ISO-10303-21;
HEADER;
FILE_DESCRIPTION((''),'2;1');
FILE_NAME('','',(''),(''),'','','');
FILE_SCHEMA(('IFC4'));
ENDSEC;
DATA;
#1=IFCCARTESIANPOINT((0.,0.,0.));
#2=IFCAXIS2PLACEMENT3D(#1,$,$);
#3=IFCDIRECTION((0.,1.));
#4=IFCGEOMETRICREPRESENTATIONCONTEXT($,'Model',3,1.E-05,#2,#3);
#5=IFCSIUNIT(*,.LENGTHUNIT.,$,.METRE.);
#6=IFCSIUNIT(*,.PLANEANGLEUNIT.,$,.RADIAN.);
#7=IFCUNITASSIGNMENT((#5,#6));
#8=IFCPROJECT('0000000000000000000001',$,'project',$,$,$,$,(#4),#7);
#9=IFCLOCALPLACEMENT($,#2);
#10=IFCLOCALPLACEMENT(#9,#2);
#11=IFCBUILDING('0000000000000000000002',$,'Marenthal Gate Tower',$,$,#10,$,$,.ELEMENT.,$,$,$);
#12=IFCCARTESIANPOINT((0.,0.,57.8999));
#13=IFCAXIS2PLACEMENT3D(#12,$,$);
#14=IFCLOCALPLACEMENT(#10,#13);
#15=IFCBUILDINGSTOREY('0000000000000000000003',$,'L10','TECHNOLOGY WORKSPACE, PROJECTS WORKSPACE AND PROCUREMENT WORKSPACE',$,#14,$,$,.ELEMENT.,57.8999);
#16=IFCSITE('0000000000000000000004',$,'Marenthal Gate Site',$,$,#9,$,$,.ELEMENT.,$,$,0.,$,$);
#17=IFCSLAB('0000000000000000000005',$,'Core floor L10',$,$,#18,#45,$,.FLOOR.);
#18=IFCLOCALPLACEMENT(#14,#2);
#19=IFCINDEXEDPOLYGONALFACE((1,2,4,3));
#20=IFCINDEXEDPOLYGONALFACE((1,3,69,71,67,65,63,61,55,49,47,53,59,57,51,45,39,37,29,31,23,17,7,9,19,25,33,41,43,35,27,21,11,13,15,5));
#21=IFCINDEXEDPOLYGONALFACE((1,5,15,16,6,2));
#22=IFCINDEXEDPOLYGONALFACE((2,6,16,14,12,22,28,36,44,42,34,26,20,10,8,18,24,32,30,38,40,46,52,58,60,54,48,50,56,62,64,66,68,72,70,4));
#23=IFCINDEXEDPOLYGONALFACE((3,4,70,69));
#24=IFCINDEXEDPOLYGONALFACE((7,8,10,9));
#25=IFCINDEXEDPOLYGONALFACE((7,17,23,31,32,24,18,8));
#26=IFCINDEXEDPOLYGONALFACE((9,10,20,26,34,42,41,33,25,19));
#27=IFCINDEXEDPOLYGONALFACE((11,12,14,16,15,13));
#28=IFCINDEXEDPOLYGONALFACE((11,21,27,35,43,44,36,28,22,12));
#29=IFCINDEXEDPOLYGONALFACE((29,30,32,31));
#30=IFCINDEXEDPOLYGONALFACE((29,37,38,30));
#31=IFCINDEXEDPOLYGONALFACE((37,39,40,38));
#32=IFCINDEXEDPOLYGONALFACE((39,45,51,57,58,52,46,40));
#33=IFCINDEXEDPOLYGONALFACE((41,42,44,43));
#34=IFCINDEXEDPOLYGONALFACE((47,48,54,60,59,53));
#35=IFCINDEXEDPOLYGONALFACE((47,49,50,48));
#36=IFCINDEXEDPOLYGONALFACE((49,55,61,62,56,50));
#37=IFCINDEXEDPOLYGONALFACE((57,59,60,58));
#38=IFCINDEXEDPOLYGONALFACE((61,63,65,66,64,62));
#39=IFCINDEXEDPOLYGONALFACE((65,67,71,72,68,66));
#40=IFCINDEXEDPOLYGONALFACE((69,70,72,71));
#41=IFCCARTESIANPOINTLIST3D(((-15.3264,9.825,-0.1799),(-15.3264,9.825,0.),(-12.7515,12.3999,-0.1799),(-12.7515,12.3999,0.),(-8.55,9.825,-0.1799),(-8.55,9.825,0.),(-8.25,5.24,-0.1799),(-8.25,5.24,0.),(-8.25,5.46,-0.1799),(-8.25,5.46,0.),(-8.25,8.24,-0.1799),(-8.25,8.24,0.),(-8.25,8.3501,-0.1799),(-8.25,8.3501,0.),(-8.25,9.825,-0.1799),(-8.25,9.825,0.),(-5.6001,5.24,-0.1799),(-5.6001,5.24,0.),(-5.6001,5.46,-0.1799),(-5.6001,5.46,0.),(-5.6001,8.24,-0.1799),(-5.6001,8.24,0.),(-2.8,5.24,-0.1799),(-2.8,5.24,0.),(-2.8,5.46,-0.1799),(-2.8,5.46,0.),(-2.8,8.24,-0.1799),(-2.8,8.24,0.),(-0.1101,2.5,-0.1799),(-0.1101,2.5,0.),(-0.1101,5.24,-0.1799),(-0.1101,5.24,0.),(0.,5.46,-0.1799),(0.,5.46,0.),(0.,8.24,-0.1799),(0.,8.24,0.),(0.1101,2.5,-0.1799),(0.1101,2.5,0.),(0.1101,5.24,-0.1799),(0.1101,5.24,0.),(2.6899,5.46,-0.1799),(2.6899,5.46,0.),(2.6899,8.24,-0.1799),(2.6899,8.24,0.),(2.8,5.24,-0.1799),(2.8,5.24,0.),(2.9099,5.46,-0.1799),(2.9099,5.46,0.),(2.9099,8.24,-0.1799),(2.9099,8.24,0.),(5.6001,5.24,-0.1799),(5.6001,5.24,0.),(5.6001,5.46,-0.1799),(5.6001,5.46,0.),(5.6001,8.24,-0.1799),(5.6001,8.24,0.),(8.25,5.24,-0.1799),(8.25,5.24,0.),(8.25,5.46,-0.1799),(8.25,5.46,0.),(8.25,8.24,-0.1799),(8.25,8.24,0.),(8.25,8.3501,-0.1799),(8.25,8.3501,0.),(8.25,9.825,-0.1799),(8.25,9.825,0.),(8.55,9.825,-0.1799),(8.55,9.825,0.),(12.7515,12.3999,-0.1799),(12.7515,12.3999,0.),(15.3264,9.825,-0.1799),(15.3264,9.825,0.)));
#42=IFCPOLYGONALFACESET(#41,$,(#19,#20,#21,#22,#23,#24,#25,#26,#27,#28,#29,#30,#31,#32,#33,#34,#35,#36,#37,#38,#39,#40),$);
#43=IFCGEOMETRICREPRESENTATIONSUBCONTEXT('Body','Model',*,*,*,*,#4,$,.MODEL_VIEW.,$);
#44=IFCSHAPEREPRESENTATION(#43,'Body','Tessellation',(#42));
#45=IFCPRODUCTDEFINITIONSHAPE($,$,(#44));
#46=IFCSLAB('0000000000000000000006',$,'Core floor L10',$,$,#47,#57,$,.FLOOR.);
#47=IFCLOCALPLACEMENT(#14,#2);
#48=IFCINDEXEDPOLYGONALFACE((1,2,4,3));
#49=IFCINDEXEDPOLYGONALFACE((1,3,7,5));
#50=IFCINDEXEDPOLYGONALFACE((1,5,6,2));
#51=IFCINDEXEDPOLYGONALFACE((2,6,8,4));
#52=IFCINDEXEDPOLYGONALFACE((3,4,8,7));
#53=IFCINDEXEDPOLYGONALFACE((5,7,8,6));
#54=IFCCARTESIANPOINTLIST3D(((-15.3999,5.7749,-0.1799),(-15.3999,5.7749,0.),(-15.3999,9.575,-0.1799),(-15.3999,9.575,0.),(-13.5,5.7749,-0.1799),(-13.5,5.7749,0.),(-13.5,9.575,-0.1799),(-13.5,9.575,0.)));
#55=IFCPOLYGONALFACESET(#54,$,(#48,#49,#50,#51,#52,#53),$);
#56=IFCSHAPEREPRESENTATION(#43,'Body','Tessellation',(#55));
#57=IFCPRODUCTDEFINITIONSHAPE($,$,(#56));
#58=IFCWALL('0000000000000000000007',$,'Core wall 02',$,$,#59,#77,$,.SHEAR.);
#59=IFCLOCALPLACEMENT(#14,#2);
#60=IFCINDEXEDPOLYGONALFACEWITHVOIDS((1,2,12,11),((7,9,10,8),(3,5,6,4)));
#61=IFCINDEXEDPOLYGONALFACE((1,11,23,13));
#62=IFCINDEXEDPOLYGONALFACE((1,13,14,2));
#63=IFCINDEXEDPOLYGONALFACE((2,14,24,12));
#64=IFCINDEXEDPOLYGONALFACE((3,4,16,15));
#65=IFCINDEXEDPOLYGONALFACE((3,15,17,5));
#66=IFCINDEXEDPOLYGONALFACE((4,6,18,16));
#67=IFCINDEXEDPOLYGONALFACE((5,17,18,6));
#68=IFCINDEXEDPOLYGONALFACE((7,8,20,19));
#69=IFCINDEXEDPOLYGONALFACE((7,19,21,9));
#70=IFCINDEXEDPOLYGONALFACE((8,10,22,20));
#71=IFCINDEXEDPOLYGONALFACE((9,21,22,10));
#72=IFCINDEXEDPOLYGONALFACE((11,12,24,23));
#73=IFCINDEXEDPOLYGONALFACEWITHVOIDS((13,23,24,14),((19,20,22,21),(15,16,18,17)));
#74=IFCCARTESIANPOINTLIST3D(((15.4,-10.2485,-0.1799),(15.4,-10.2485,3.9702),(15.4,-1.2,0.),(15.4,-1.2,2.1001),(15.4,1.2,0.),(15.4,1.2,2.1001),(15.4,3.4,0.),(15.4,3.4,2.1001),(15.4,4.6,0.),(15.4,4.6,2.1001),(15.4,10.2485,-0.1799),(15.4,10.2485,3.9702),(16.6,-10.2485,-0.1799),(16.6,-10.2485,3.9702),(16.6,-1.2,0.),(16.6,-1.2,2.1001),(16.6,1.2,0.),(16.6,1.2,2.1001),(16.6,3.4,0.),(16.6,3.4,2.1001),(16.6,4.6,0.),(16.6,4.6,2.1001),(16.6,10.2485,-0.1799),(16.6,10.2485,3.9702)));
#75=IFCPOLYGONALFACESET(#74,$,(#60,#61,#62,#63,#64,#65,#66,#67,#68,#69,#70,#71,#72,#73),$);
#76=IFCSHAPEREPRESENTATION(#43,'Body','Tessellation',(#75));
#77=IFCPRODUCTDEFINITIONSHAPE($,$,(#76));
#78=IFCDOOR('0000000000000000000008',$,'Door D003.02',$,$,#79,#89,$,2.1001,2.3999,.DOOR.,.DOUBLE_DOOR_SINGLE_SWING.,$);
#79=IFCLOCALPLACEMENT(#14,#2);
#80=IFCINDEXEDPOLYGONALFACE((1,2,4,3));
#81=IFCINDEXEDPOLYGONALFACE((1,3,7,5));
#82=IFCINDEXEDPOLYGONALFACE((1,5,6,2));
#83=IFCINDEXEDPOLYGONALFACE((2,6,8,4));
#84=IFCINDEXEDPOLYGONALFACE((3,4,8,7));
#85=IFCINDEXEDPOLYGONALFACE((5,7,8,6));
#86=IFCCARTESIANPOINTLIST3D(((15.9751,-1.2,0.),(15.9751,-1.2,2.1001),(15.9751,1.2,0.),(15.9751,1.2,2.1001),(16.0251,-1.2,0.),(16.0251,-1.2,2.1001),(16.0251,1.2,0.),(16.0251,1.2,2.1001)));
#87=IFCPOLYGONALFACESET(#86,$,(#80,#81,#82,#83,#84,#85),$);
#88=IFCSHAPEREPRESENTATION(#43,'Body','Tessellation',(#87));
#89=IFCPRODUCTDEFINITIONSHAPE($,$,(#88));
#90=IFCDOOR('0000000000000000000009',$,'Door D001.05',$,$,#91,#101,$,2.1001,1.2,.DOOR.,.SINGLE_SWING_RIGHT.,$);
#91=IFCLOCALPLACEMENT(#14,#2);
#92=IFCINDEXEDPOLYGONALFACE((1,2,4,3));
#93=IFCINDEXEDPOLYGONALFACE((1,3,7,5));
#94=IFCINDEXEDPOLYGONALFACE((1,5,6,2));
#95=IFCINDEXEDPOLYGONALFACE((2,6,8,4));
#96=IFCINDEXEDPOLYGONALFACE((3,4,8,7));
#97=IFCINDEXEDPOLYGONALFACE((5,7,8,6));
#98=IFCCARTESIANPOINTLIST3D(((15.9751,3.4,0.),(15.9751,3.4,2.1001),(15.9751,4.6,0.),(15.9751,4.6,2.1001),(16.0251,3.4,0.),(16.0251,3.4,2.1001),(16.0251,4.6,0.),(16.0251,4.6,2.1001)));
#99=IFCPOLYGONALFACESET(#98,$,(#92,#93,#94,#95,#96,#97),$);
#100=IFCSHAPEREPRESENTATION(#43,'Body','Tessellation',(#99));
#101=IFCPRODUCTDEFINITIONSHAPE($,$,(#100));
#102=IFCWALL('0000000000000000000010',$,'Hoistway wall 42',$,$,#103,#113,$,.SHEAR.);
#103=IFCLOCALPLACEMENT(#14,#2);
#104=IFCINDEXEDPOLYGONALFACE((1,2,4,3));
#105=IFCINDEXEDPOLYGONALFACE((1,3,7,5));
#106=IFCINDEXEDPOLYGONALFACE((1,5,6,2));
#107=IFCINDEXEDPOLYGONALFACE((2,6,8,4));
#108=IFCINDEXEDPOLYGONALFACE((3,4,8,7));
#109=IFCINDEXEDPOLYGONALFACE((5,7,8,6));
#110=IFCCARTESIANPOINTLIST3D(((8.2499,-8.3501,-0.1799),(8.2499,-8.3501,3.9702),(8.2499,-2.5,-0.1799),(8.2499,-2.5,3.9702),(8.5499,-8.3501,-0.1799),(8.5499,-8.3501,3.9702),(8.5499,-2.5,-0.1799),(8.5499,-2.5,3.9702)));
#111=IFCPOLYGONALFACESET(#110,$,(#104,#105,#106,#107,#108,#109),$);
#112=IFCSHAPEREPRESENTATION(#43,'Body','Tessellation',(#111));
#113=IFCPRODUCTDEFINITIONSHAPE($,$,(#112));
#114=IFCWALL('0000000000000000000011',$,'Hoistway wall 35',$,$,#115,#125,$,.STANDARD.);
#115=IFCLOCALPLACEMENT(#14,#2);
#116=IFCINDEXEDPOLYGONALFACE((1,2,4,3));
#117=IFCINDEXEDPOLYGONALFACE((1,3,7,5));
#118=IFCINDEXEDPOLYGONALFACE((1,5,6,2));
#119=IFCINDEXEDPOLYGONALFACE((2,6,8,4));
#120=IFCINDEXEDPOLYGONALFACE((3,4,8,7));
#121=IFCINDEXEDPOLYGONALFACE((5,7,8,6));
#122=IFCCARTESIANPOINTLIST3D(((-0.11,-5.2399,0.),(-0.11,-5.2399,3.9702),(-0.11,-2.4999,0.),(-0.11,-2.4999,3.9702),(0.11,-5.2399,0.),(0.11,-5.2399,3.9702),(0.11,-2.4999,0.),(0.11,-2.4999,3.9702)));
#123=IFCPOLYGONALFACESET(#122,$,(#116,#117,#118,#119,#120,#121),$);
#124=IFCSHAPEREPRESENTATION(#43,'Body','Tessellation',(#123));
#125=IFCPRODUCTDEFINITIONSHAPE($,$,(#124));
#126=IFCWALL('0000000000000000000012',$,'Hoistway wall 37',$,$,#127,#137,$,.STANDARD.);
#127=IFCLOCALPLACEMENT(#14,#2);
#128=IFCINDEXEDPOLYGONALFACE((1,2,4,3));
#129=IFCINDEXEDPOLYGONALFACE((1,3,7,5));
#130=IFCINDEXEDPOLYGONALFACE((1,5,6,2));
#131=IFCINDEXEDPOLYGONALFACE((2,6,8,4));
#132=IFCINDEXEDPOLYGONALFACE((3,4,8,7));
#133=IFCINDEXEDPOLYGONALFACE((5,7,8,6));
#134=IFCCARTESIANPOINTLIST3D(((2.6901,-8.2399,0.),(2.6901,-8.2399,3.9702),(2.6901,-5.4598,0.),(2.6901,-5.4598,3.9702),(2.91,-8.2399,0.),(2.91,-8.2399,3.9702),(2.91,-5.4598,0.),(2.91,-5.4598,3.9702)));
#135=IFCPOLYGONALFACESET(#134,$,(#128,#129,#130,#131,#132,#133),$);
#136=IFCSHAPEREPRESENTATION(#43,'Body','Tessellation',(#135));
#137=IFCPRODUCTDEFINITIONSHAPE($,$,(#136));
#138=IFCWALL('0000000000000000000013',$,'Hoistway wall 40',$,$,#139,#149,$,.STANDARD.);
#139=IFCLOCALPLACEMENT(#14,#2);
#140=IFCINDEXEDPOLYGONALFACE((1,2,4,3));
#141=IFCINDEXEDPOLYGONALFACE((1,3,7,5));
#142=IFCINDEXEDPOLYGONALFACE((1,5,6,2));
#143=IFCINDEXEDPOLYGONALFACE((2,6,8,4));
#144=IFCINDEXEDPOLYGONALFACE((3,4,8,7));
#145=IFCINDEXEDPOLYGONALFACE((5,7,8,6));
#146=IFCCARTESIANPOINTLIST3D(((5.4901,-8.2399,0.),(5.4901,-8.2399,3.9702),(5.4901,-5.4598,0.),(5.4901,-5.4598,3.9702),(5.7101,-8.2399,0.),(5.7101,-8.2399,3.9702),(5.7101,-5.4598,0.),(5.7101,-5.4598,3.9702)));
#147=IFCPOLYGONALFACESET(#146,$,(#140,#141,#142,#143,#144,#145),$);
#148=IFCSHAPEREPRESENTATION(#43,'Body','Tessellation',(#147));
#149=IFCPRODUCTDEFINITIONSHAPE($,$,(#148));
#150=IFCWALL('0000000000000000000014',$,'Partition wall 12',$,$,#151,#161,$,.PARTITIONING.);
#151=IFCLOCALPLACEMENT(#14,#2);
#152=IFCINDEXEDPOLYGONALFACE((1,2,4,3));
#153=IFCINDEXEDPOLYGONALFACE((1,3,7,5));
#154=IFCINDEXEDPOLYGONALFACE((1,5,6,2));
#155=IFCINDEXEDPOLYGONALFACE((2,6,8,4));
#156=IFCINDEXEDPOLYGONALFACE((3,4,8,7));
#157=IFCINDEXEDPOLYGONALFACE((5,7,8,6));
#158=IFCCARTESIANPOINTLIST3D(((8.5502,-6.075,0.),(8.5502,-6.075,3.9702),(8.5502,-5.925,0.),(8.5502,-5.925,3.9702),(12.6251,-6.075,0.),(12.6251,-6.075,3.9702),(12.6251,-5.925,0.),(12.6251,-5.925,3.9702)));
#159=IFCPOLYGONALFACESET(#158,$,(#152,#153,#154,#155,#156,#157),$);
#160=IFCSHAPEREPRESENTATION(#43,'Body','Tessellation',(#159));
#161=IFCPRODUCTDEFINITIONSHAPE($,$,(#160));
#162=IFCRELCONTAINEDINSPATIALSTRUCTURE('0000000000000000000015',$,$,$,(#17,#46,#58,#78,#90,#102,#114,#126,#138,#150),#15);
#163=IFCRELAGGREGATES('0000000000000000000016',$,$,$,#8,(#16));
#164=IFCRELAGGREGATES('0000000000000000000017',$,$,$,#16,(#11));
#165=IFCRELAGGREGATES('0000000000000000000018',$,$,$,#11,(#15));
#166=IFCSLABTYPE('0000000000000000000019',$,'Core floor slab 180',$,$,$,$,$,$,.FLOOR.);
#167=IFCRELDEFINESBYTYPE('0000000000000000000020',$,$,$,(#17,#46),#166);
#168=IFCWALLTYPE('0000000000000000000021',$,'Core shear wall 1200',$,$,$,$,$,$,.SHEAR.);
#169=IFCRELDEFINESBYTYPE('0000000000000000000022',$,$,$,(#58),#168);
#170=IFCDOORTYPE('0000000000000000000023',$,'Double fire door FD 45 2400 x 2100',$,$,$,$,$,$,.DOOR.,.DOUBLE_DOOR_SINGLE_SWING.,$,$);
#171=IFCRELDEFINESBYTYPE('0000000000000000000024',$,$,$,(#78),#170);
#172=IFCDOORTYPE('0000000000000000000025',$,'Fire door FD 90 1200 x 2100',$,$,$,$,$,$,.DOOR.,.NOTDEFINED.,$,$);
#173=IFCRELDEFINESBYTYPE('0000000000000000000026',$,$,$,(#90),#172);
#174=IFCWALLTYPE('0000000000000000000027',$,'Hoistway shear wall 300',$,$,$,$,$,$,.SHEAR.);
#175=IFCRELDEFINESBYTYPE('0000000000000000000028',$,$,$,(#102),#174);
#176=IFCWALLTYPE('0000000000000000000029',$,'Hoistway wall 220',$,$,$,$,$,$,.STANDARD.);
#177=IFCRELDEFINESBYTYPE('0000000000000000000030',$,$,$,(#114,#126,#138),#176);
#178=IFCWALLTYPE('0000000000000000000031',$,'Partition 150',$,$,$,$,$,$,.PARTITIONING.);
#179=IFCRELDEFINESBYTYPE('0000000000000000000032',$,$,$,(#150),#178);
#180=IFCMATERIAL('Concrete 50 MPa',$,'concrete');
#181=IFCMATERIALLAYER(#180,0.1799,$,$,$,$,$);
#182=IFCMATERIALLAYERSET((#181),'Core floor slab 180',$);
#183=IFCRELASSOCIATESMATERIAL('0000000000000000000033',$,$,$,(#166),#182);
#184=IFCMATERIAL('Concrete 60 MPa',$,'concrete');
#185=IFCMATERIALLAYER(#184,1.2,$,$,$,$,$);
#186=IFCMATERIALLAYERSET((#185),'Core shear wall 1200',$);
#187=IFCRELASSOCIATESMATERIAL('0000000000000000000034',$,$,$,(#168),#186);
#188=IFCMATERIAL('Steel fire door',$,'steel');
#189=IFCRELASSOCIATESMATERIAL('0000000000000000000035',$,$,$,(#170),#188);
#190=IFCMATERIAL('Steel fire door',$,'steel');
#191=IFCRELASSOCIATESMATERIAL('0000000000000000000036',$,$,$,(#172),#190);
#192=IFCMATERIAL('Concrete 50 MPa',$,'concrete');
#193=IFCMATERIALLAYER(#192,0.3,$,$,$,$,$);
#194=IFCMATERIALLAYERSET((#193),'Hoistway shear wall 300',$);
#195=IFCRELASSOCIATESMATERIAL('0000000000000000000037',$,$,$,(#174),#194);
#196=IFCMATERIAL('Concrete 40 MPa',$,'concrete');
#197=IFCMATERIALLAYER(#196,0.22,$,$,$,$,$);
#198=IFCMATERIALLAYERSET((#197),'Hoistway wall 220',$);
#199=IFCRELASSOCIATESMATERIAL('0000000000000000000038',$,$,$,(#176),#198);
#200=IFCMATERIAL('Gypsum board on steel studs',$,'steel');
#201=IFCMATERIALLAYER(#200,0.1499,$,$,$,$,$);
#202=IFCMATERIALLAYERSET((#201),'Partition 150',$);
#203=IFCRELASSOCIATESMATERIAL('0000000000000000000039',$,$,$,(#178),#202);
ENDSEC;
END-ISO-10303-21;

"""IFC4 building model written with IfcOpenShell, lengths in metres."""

from ifc_helpers import new_model, si_unit, direction, frame, frame_2d, origin, place, context, subcontext, project, spatial, polyline, rectangle, outline, extrude, material, layer, layer_set, type_object, element, fill, save


model = new_model("IFC4")

# Units and contexts
model_context = context("Model", 3, precision=1e-05, world=origin(), true_north=direction((0.0, 1.0)))
body_context = subcontext(model_context, "Body", "Model", "MODEL_VIEW")
ifc_project = project(units=[si_unit("LENGTHUNIT", "METRE"), si_unit("PLANEANGLEUNIT", "RADIAN")], contexts=[model_context])

# Site, building, storey
site_placement = place(None, origin())
site = spatial("IfcSite", under=ifc_project, at=site_placement, Name="Marenthal Gate Site", CompositionType="ELEMENT", RefElevation=0.0)
building_placement = place(site_placement, origin())
building = spatial("IfcBuilding", under=site, at=building_placement, Name="Marenthal Gate Tower", CompositionType="ELEMENT")
storey_placement = place(building_placement, frame((0.0, 0.0, 57.8999)))
storey = spatial("IfcBuildingStorey", under=building, at=storey_placement, Name="L10", Description="TECHNOLOGY WORKSPACE, PROJECTS WORKSPACE AND PROCUREMENT WORKSPACE", CompositionType="ELEMENT", Elevation=57.8999)

# Slabs
ifc_material_1 = material(Name="Concrete 50 MPa", Category="concrete")
ifc_layer_1 = layer(ifc_material_1, 0.1799)
ifc_layer_set_1 = layer_set([ifc_layer_1], Name="Core floor slab 180")
slab_type_1 = type_object("IfcSlabType", Name="Core floor slab 180", PredefinedType="FLOOR", material=ifc_layer_set_1)
slab_1_placement = place(storey_placement, frame((0.0, 0.0, -0.1799)))
element("IfcSlab", 1, at=slab_1_placement, inside=storey, type_object=slab_type_1, Name="Core floor L10", PredefinedType="FLOOR", context=body_context, shape_type="SweptSolid", body=[
    extrude(outline(polyline([(12.7515, 12.3999), (15.3264, 9.825), (8.55, 9.825), (8.25, 9.825), (8.25, 8.3501), (8.25, 8.24), (5.6001, 8.24), (2.9099, 8.24), (2.9099, 5.46), (5.6001, 5.46), (8.25, 5.46), (8.25, 5.24), (5.6001, 5.24), (2.8, 5.24), (0.1101, 5.24), (0.1101, 2.5), (-0.1101, 2.5), (-0.1101, 5.24), (-2.8, 5.24), (-5.6001, 5.24), (-8.25, 5.24), (-8.25, 5.46), (-5.6001, 5.46), (-2.8, 5.46), (0.0, 5.46), (2.6899, 5.46), (2.6899, 8.24), (0.0, 8.24), (-2.8, 8.24), (-5.6001, 8.24), (-8.25, 8.24), (-8.25, 8.3501), (-8.25, 9.825), (-8.55, 9.825), (-15.3264, 9.825), (-12.7515, 12.3999), (12.7515, 12.3999)])), origin(), (0.0, 0.0, 1.0), 0.1799),
])
slab_2_placement = place(storey_placement, frame((0.0, 0.0, -0.1799)))
element("IfcSlab", 2, at=slab_2_placement, inside=storey, type_object=slab_type_1, Name="Core floor L10", PredefinedType="FLOOR", context=body_context, shape_type="SweptSolid", body=[
    extrude(outline(polyline([(-15.3999, 9.575), (-13.5, 9.575), (-13.5, 5.7749), (-15.3999, 5.7749), (-15.3999, 9.575)])), origin(), (0.0, 0.0, 1.0), 0.1799),
])

# Wall, openings, doors
ifc_material_2 = material(Name="Concrete 60 MPa", Category="concrete")
ifc_layer_2 = layer(ifc_material_2, 1.2)
ifc_layer_set_2 = layer_set([ifc_layer_2], Name="Core shear wall 1200")
wall_type_1 = type_object("IfcWallType", Name="Core shear wall 1200", PredefinedType="SHEAR", material=ifc_layer_set_2)
wall_1_placement = place(storey_placement, frame((16.0, -10.2485, -0.1799), z_axis=(0.0, 0.0, 1.0), x_axis=(0.0, 1.0, 0.0)))
wall_1 = element("IfcWall", 3, at=wall_1_placement, inside=storey, type_object=wall_type_1, Name="Core wall 02", PredefinedType="SHEAR", context=body_context, shape_type="SweptSolid", body=[
    extrude(rectangle(XDim=20.4971, YDim=1.2, at=frame_2d((10.2485, 0.0))), origin(), (0.0, 0.0, 1.0), 4.1501),
])
opening_1_placement = place(wall_1_placement, frame((9.0486, 0.0, 0.1799)))
opening_1 = element("IfcOpeningElement", 4, at=opening_1_placement, cuts=wall_1, PredefinedType="OPENING", context=body_context, shape_type="SweptSolid", body=[
    extrude(rectangle(XDim=2.3999, YDim=2.1001, at=frame_2d((1.2, 1.05))), frame((0.0, 0.6099, 0.0), z_axis=(0.0, -1.0, 0.0), x_axis=(1.0, 0.0, 0.0)), (0.0, 0.0, 1.0), 1.22),
])
opening_2_placement = place(wall_1_placement, frame((13.6484, 0.0, 0.1799)))
opening_2 = element("IfcOpeningElement", 5, at=opening_2_placement, cuts=wall_1, PredefinedType="OPENING", context=body_context, shape_type="SweptSolid", body=[
    extrude(rectangle(XDim=1.2, YDim=2.1001, at=frame_2d((0.6001, 1.05))), frame((0.0, 0.6099, 0.0), z_axis=(0.0, -1.0, 0.0), x_axis=(1.0, 0.0, 0.0)), (0.0, 0.0, 1.0), 1.22),
])
ifc_material_3 = material(Name="Steel fire door", Category="steel")
door_type_1 = type_object("IfcDoorType", Name="Double fire door FD 45 2400 x 2100", OperationType="DOUBLE_DOOR_SINGLE_SWING", PredefinedType="DOOR", material=ifc_material_3)
door_1_placement = place(opening_1_placement, origin())
door_1 = element("IfcDoor", 6, at=door_1_placement, inside=storey, type_object=door_type_1, Name="Door D003.02", OperationType="DOUBLE_DOOR_SINGLE_SWING", OverallHeight=2.1001, OverallWidth=2.3999, PredefinedType="DOOR", context=body_context, shape_type="SweptSolid", body=[
    extrude(rectangle(XDim=2.3999, YDim=2.1001, at=frame_2d((1.2, 1.05))), frame((0.0, 0.0249, 0.0), z_axis=(0.0, -1.0, 0.0), x_axis=(1.0, 0.0, 0.0)), (0.0, 0.0, 1.0), 0.05),
])
fill(opening_1, door_1)
ifc_material_4 = material(Name="Steel fire door", Category="steel")
door_type_2 = type_object("IfcDoorType", Name="Fire door FD 90 1200 x 2100", OperationType="NOTDEFINED", PredefinedType="DOOR", material=ifc_material_4)
door_2_placement = place(opening_2_placement, origin())
door_2 = element("IfcDoor", 7, at=door_2_placement, inside=storey, type_object=door_type_2, Name="Door D001.05", OperationType="SINGLE_SWING_RIGHT", OverallHeight=2.1001, OverallWidth=1.2, PredefinedType="DOOR", context=body_context, shape_type="SweptSolid", body=[
    extrude(rectangle(XDim=1.2, YDim=2.1001, at=frame_2d((0.6001, 1.05))), frame((0.0, 0.0249, 0.0), z_axis=(0.0, -1.0, 0.0), x_axis=(1.0, 0.0, 0.0)), (0.0, 0.0, 1.0), 0.05),
])
fill(opening_2, door_2)

# Walls
ifc_material_5 = material(Name="Concrete 50 MPa", Category="concrete")
ifc_layer_3 = layer(ifc_material_5, 0.3)
ifc_layer_set_3 = layer_set([ifc_layer_3], Name="Hoistway shear wall 300")
wall_type_2 = type_object("IfcWallType", Name="Hoistway shear wall 300", PredefinedType="SHEAR", material=ifc_layer_set_3)
wall_2_placement = place(storey_placement, frame((8.3999, -8.3501, -0.1799), z_axis=(0.0, 0.0, 1.0), x_axis=(0.0, 1.0, 0.0)))
element("IfcWall", 8, at=wall_2_placement, inside=storey, type_object=wall_type_2, Name="Hoistway wall 42", PredefinedType="SHEAR", context=body_context, shape_type="SweptSolid", body=[
    extrude(rectangle(XDim=5.8501, YDim=0.3, at=frame_2d((2.925, 0.0))), origin(), (0.0, 0.0, 1.0), 4.1501),
])
ifc_material_6 = material(Name="Concrete 40 MPa", Category="concrete")
ifc_layer_4 = layer(ifc_material_6, 0.22)
ifc_layer_set_4 = layer_set([ifc_layer_4], Name="Hoistway wall 220")
wall_type_3 = type_object("IfcWallType", Name="Hoistway wall 220", PredefinedType="STANDARD", material=ifc_layer_set_4)
wall_3_placement = place(storey_placement, frame((0.0, -5.24, 0.0), z_axis=(0.0, 0.0, 1.0), x_axis=(0.0, 1.0, 0.0)))
element("IfcWall", 9, at=wall_3_placement, inside=storey, type_object=wall_type_3, Name="Hoistway wall 35", PredefinedType="STANDARD", context=body_context, shape_type="SweptSolid", body=[
    extrude(rectangle(XDim=2.74, YDim=0.22, at=frame_2d((1.3701, 0.0))), origin(), (0.0, 0.0, 1.0), 3.9702),
])
for number, where, z_axis, x_axis, name in (
    (10, (2.8, -8.24, 0.0), (0.0, 0.0, 1.0), (0.0, 1.0, 0.0), "Hoistway wall 37"),
    (11, (5.6001, -8.24, 0.0), (0.0, 0.0, 1.0), (0.0, 1.0, 0.0), "Hoistway wall 40"),
):
    element("IfcWall", number, at=place(storey_placement, frame(where, z_axis=z_axis, x_axis=x_axis)), inside=storey, type_object=wall_type_3, Name=name, PredefinedType="STANDARD", context=body_context, shape_type="SweptSolid", body=[
        extrude(rectangle(XDim=2.78, YDim=0.22, at=frame_2d((1.3901, 0.0))), origin(), (0.0, 0.0, 1.0), 3.9702),
    ])
ifc_material_7 = material(Name="Gypsum board on steel studs", Category="steel")
ifc_layer_5 = layer(ifc_material_7, 0.1499)
ifc_layer_set_5 = layer_set([ifc_layer_5], Name="Partition 150")
wall_type_4 = type_object("IfcWallType", Name="Partition 150", PredefinedType="PARTITIONING", material=ifc_layer_set_5)
wall_4_placement = place(storey_placement, frame((8.55, -6.0, 0.0), z_axis=(0.0, 0.0, 1.0), x_axis=(1.0, 0.0, 0.0)))
element("IfcWall", 12, at=wall_4_placement, inside=storey, type_object=wall_type_4, Name="Partition wall 12", PredefinedType="PARTITIONING", context=body_context, shape_type="SweptSolid", body=[
    extrude(rectangle(XDim=4.075, YDim=0.1499, at=frame_2d((2.0376, 0.0))), origin(), (0.0, 0.0, 1.0), 3.9702),
])

save(model, "model.ifc")
